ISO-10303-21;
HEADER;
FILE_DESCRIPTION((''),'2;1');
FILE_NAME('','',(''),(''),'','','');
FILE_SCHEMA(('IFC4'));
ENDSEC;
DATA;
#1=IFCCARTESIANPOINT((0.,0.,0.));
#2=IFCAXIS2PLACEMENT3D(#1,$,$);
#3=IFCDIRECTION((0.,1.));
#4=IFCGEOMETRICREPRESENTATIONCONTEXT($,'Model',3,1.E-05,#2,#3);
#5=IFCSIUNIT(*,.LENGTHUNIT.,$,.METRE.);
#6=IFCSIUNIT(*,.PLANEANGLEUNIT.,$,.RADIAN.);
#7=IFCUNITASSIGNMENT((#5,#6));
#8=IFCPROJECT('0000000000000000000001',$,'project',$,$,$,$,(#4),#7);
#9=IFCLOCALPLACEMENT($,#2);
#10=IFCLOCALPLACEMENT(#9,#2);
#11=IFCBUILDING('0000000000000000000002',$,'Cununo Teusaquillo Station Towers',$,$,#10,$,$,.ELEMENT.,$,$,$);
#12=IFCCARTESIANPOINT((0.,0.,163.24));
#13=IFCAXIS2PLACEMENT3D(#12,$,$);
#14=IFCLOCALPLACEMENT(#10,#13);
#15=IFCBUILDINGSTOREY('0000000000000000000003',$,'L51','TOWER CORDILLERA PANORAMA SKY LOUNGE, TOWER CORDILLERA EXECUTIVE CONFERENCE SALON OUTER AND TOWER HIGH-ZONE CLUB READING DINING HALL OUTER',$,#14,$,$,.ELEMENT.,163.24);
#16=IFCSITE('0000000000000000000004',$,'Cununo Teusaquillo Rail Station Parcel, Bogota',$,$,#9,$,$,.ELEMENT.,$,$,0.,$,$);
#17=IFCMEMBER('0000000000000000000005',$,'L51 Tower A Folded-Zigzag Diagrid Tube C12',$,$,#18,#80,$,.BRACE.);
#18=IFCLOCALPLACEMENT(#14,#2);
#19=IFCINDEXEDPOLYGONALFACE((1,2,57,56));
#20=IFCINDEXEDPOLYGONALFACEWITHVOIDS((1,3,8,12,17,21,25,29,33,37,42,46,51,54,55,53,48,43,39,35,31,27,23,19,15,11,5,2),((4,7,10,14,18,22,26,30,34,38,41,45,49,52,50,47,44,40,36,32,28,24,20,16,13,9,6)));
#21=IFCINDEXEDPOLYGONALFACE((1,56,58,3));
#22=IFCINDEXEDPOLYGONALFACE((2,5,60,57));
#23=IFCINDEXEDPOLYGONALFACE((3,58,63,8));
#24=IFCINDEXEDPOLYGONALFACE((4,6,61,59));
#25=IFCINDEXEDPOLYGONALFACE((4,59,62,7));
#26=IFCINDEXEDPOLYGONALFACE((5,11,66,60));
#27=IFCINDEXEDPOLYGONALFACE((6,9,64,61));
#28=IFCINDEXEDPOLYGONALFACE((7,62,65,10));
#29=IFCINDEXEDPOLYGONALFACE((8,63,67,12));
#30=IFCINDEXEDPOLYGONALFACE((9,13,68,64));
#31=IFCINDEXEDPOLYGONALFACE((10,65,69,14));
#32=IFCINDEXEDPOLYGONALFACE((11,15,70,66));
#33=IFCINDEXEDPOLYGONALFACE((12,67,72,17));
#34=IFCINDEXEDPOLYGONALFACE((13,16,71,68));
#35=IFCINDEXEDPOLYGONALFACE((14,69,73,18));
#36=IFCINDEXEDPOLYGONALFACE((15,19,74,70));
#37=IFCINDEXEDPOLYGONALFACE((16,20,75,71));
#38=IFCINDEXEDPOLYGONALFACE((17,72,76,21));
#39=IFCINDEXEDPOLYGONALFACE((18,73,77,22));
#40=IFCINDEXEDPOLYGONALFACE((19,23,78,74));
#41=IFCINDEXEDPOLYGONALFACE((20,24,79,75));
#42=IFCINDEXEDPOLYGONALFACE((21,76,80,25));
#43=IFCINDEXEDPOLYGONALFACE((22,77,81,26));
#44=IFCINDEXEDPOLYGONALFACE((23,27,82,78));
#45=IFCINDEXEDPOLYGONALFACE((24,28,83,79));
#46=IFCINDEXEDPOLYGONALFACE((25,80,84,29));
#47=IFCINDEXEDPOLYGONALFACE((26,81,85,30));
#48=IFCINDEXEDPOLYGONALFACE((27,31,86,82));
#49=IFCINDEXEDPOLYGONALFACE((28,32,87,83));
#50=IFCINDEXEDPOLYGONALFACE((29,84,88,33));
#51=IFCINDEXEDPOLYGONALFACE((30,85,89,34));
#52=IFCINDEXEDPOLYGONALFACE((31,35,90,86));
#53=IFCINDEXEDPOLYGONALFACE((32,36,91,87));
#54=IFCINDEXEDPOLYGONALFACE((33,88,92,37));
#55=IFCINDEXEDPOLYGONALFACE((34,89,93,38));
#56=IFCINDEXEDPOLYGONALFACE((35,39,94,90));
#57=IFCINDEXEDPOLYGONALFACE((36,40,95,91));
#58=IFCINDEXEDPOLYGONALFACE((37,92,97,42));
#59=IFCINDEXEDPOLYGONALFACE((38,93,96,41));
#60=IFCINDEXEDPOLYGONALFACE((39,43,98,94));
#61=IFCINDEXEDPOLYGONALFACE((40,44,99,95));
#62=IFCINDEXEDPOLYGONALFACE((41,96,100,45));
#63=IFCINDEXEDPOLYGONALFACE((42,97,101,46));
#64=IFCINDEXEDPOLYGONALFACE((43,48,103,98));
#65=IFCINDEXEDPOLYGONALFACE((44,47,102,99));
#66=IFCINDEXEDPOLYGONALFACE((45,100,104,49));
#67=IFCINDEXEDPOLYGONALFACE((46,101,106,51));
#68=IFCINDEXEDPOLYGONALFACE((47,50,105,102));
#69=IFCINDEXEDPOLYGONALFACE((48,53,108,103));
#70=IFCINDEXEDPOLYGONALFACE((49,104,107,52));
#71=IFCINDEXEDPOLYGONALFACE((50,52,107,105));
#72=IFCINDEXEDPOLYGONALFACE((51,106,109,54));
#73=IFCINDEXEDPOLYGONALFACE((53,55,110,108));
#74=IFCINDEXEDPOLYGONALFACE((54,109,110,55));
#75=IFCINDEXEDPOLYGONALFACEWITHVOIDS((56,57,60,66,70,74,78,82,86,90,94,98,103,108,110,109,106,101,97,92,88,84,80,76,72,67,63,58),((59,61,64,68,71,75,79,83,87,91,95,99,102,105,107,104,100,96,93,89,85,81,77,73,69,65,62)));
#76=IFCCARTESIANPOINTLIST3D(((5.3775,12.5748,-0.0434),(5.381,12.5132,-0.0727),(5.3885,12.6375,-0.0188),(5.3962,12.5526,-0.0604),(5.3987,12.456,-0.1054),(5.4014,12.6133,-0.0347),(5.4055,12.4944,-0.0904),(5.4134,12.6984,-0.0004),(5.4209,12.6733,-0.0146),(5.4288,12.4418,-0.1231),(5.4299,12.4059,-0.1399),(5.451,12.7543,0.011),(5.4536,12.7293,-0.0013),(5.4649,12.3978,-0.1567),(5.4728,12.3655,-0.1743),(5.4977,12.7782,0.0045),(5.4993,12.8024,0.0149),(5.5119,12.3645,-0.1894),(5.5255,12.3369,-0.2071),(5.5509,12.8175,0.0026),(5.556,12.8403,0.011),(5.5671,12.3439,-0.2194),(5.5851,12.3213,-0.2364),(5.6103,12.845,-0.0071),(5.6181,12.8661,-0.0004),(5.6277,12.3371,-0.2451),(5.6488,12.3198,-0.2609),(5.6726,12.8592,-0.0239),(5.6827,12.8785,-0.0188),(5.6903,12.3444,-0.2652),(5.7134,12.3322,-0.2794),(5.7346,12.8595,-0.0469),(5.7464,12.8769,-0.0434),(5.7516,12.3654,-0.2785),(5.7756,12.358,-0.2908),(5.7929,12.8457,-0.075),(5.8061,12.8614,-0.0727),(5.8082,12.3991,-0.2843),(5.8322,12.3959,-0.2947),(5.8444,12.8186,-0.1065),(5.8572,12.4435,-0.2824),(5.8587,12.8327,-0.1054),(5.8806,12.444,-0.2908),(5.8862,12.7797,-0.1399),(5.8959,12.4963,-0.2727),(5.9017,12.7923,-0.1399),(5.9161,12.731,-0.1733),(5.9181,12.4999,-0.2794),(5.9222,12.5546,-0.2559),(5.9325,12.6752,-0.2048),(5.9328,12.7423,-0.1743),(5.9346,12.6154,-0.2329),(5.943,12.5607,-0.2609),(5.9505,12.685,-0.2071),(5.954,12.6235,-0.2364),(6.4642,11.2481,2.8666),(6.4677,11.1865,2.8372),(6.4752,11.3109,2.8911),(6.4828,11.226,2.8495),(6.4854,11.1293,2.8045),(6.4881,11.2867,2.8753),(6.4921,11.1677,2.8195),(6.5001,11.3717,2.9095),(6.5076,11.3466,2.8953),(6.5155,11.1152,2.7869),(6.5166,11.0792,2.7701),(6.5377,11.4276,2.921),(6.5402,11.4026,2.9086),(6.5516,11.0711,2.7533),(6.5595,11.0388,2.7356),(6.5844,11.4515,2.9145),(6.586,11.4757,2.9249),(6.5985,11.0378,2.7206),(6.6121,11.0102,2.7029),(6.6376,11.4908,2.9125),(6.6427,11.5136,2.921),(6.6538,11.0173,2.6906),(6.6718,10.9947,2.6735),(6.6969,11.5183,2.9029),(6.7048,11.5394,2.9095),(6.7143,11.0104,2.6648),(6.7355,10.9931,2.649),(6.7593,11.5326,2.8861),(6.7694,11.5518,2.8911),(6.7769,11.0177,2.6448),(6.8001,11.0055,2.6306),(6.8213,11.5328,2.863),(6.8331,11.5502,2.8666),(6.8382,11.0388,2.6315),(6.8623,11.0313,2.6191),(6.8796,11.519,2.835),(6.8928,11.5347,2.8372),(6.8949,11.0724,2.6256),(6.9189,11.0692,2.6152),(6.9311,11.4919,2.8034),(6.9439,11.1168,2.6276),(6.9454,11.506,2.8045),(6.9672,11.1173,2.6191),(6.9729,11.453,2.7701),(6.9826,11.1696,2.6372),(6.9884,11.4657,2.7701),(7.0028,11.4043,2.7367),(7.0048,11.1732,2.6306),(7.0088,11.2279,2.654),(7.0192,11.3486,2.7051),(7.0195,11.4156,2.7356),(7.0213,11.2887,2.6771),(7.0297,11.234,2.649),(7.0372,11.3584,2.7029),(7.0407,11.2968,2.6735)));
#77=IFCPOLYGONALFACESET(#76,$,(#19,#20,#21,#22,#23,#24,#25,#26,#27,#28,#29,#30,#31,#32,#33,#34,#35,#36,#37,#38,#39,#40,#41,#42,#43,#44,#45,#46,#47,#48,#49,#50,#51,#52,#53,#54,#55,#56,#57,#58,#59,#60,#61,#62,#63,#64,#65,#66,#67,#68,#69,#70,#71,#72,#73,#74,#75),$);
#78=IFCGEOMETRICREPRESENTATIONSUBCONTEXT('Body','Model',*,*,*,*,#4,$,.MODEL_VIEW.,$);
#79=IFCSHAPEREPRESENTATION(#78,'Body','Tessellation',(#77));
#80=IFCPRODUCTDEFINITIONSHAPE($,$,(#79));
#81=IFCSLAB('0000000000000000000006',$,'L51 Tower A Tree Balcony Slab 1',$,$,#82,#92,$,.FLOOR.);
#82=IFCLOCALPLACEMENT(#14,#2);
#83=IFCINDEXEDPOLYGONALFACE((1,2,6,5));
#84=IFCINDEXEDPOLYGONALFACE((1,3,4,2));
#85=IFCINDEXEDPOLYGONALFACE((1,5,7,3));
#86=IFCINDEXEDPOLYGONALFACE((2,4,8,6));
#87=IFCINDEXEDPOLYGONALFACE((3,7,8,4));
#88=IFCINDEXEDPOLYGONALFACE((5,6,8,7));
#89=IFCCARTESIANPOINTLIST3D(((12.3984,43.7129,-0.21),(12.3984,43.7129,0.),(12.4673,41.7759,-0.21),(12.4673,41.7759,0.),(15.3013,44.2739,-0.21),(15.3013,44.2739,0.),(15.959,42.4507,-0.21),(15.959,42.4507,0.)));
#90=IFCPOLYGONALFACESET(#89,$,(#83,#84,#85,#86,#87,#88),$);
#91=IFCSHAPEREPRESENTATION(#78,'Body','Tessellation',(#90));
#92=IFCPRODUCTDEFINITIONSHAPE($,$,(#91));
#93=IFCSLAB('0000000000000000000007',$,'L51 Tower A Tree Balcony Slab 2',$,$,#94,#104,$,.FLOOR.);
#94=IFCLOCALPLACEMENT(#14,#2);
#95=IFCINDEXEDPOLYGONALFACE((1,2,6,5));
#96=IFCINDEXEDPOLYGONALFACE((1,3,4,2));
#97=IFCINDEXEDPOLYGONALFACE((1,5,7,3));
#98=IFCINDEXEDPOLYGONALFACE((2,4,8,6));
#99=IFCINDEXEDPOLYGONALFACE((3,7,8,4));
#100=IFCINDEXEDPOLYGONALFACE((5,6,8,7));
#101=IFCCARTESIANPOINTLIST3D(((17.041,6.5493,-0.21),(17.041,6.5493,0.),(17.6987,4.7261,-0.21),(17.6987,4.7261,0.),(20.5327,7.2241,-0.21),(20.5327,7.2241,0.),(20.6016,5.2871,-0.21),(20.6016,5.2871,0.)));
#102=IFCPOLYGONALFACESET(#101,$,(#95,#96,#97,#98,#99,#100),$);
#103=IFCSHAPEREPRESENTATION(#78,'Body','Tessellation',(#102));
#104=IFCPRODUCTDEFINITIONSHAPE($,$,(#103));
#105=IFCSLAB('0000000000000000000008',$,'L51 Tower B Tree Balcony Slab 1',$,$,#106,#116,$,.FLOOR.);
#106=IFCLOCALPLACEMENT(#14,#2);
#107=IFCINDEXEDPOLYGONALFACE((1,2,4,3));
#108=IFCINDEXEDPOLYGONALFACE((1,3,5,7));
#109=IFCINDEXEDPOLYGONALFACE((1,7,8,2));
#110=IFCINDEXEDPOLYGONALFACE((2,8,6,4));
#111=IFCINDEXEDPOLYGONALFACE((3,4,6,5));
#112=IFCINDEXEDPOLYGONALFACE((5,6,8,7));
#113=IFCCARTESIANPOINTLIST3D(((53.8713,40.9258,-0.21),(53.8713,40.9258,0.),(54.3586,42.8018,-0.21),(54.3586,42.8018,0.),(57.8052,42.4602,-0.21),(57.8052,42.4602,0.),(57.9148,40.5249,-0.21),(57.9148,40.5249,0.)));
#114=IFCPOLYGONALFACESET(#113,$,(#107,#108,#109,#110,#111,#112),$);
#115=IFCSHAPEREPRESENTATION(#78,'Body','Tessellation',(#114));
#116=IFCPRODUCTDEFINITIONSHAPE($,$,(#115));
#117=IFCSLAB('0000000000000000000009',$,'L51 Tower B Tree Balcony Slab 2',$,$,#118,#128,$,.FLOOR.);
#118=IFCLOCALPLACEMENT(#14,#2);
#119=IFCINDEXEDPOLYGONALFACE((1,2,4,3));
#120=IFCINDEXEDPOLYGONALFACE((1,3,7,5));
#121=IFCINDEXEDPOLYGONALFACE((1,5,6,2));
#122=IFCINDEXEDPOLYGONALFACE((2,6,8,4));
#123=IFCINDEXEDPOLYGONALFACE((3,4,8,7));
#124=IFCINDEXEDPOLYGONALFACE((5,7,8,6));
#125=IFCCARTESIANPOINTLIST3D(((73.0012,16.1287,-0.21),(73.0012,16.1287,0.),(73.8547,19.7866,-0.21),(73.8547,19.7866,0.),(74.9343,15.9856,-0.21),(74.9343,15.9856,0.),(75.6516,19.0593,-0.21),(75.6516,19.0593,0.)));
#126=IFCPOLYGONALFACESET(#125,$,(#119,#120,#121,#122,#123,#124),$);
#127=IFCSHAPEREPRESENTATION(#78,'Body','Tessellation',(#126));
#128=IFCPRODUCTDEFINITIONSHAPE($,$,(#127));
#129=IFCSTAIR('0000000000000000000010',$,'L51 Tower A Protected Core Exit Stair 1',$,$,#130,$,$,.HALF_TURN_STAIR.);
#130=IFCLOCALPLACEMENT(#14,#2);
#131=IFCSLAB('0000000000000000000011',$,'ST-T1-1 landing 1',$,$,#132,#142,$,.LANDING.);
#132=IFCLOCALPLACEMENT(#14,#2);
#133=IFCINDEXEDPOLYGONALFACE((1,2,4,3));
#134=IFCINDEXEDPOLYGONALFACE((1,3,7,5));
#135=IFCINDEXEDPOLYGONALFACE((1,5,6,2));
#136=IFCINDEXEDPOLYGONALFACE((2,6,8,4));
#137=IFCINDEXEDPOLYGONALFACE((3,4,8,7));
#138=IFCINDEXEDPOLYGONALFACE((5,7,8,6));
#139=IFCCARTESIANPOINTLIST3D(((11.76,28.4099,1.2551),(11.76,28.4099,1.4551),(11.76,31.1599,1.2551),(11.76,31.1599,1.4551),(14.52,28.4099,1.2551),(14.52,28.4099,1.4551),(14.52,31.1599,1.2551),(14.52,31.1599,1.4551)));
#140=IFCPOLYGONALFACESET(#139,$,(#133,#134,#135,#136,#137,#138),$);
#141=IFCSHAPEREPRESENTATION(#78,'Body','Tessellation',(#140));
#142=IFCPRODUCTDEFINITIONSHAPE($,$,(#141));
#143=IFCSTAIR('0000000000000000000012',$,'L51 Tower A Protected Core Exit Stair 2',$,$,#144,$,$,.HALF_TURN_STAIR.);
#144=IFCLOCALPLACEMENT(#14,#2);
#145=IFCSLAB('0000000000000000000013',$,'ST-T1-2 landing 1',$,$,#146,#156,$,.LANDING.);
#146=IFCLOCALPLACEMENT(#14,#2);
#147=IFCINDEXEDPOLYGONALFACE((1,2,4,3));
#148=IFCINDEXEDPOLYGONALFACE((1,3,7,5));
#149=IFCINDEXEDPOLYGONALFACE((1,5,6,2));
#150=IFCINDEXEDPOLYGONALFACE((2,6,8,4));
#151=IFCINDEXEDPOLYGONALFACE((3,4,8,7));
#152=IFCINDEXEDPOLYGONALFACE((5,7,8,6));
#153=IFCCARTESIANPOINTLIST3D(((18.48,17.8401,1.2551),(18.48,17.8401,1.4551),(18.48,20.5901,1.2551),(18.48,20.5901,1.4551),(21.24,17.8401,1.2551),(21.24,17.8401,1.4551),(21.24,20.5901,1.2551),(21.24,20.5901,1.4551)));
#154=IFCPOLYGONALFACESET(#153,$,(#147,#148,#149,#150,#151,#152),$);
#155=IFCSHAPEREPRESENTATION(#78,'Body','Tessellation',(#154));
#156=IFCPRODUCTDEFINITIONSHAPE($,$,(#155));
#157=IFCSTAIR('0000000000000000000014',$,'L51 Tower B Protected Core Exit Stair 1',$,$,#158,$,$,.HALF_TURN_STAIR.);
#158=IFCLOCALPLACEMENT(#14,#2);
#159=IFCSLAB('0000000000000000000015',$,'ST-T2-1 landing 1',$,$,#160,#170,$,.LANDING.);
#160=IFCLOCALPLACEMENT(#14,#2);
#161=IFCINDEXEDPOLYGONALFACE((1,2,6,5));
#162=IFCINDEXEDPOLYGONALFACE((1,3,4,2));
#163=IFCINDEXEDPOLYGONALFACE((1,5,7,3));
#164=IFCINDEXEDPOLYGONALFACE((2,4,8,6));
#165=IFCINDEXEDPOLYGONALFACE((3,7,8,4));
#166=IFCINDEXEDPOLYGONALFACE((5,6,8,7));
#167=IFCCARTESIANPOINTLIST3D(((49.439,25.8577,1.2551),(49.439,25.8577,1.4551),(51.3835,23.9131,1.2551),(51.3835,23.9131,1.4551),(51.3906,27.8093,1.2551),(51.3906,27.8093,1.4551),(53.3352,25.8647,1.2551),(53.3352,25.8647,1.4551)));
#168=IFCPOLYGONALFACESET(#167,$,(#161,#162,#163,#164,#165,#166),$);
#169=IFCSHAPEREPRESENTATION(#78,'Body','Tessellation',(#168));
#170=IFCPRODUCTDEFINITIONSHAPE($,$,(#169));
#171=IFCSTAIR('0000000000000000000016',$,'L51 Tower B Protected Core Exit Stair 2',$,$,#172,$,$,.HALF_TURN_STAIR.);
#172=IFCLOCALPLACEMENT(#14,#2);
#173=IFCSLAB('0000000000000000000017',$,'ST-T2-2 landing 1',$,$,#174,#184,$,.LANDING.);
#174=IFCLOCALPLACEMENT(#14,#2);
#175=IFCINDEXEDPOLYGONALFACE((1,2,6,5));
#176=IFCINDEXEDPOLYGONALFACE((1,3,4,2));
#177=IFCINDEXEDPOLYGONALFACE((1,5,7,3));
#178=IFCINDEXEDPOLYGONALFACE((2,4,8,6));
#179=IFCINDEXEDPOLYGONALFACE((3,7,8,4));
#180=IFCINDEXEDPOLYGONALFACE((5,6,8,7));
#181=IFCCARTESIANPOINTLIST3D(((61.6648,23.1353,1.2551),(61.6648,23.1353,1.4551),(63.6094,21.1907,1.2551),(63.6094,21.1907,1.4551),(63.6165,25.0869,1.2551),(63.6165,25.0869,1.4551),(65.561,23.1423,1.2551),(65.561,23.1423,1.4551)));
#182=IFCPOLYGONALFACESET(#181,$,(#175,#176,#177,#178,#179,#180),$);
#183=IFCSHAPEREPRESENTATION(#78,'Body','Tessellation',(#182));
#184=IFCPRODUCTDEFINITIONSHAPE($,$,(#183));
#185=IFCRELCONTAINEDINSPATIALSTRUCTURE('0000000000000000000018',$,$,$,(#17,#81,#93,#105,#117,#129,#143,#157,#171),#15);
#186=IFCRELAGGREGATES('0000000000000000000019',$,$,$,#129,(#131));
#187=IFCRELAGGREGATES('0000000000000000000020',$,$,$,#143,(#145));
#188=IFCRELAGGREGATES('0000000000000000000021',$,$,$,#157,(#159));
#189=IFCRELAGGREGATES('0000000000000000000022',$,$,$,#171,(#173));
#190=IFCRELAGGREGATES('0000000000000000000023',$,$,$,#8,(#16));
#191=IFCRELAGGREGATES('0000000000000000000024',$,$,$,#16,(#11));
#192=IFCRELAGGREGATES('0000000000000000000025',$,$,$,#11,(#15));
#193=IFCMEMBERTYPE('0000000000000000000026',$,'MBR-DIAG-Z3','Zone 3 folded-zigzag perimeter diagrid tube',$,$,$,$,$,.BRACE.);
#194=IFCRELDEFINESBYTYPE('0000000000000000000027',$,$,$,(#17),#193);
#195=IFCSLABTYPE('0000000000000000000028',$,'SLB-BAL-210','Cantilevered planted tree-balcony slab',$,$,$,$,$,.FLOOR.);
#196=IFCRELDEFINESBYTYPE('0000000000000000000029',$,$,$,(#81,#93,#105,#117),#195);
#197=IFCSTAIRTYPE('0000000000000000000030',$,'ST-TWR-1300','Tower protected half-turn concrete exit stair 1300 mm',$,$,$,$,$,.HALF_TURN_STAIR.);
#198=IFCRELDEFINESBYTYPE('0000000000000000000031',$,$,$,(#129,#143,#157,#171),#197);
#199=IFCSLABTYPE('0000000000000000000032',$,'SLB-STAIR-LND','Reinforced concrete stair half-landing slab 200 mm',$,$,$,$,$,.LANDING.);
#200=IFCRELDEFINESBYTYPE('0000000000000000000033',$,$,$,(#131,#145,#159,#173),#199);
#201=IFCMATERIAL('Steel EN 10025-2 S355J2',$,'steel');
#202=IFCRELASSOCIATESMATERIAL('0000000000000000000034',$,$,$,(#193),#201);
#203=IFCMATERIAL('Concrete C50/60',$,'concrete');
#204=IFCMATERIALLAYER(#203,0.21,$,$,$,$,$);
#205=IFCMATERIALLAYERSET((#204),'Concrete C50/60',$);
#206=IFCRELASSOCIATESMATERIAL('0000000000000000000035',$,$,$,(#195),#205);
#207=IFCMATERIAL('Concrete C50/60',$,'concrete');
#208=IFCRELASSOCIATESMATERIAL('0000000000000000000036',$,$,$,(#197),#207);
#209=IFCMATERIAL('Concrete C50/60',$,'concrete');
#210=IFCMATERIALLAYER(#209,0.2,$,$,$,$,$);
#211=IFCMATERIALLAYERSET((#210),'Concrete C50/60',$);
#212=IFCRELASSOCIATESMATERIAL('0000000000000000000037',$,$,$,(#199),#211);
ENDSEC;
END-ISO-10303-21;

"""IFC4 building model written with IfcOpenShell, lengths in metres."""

from ifc_helpers import new_model, si_unit, direction, frame, origin, origin_2d, place, context, subcontext, project, spatial, polyline, hollow_circle, outline, extrude, material, layer, layer_set, material_profile, profile_set, type_object, element, aggregate, save


model = new_model("IFC4")

# Units and contexts
model_context = context("Model", 3, precision=1e-05, world=origin(), true_north=direction((0.0, 1.0)))
body_context = subcontext(model_context, "Body", "Model", "MODEL_VIEW")
ifc_project = project(units=[si_unit("LENGTHUNIT", "METRE"), si_unit("PLANEANGLEUNIT", "RADIAN")], contexts=[model_context])

# Site, building, storey
site_placement = place(None, origin())
site = spatial("IfcSite", under=ifc_project, at=site_placement, Name="Cununo Teusaquillo Rail Station Parcel, Bogota", CompositionType="ELEMENT", RefElevation=0.0)
building_placement = place(site_placement, origin())
building = spatial("IfcBuilding", under=site, at=building_placement, Name="Cununo Teusaquillo Station Towers", CompositionType="ELEMENT")
storey_placement = place(building_placement, frame((0.0, 0.0, 163.24)))
storey = spatial("IfcBuildingStorey", under=building, at=storey_placement, Name="L51", Description="TOWER CORDILLERA PANORAMA SKY LOUNGE, TOWER CORDILLERA EXECUTIVE CONFERENCE SALON OUTER AND TOWER HIGH-ZONE CLUB READING DINING HALL OUTER", CompositionType="ELEMENT", Elevation=163.24)

# Member
ifc_material_1 = material(Name="Steel EN 10025-2 S355J2", Category="steel")
ifc_material_profile_1 = material_profile(ifc_material_1, hollow_circle(Radius=0.3049, WallThickness=0.02, at=origin_2d()), Name="CHS 610x20")
ifc_profile_set_1 = profile_set([ifc_material_profile_1], Name="Steel EN 10025-2 S355J2")
member_type = type_object("IfcMemberType", Name="MBR-DIAG-Z3", Description="Zone 3 folded-zigzag perimeter diagrid tube", PredefinedType="BRACE", material=ifc_profile_set_1)
member_placement = place(storey_placement, frame((5.6658, 12.5991, -0.1399), z_axis=(0.321724, -0.392777, 0.861522), x_axis=(0.773608, 0.633664, 0.0)))
element("IfcMember", 1, at=member_placement, inside=storey, type_object=member_type, Name="L51 Tower A Folded-Zigzag Diagrid Tube C12", PredefinedType="BRACE", context=body_context, shape_type="SweptSolid", body=[
    extrude(hollow_circle(Radius=0.3049, WallThickness=0.02, at=origin_2d()), origin(), (0.0, 0.0, 1.0), 3.3777),
])

# Slabs
ifc_material_2 = material(Name="Concrete C50/60", Category="concrete")
ifc_layer_1 = layer(ifc_material_2, 0.21)
ifc_layer_set_1 = layer_set([ifc_layer_1], Name="Concrete C50/60")
slab_type_1 = type_object("IfcSlabType", Name="SLB-BAL-210", Description="Cantilevered planted tree-balcony slab", PredefinedType="FLOOR", material=ifc_layer_set_1)
slab_1_placement = place(storey_placement, frame((0.0, 0.0, -0.21)))
element("IfcSlab", 2, at=slab_1_placement, inside=storey, type_object=slab_type_1, Name="L51 Tower A Tree Balcony Slab 1", PredefinedType="FLOOR", context=body_context, shape_type="SweptSolid", body=[
    extrude(outline(polyline([(15.959, 42.4507), (12.4673, 41.7759), (12.3984, 43.7129), (15.3013, 44.2739), (15.959, 42.4507)])), origin(), (0.0, 0.0, 1.0), 0.21),
])
slab_2_placement = place(storey_placement, frame((0.0, 0.0, -0.21)))
element("IfcSlab", 3, at=slab_2_placement, inside=storey, type_object=slab_type_1, Name="L51 Tower A Tree Balcony Slab 2", PredefinedType="FLOOR", context=body_context, shape_type="SweptSolid", body=[
    extrude(outline(polyline([(17.041, 6.5493), (20.5327, 7.2241), (20.6016, 5.2871), (17.6987, 4.7261), (17.041, 6.5493)])), origin(), (0.0, 0.0, 1.0), 0.21),
])
slab_3_placement = place(storey_placement, frame((0.0, 0.0, -0.21)))
element("IfcSlab", 4, at=slab_3_placement, inside=storey, type_object=slab_type_1, Name="L51 Tower B Tree Balcony Slab 1", PredefinedType="FLOOR", context=body_context, shape_type="SweptSolid", body=[
    extrude(outline(polyline([(57.9148, 40.5249), (53.8713, 40.9258), (54.3586, 42.8018), (57.8052, 42.4602), (57.9148, 40.5249)])), origin(), (0.0, 0.0, 1.0), 0.21),
])
slab_4_placement = place(storey_placement, frame((0.0, 0.0, -0.21)))
element("IfcSlab", 5, at=slab_4_placement, inside=storey, type_object=slab_type_1, Name="L51 Tower B Tree Balcony Slab 2", PredefinedType="FLOOR", context=body_context, shape_type="SweptSolid", body=[
    extrude(outline(polyline([(73.0012, 16.1287), (73.8547, 19.7866), (75.6516, 19.0593), (74.9343, 15.9856), (73.0012, 16.1287)])), origin(), (0.0, 0.0, 1.0), 0.21),
])

# Stairs, slabs
ifc_material_3 = material(Name="Concrete C50/60", Category="concrete")
stair_type = type_object("IfcStairType", Name="ST-TWR-1300", Description="Tower protected half-turn concrete exit stair 1300 mm", PredefinedType="HALF_TURN_STAIR", material=ifc_material_3)
stair_1_placement = place(storey_placement, origin())
stair_1 = element("IfcStair", 6, at=stair_1_placement, inside=storey, type_object=stair_type, Name="L51 Tower A Protected Core Exit Stair 1", PredefinedType="HALF_TURN_STAIR")
ifc_material_4 = material(Name="Concrete C50/60", Category="concrete")
ifc_layer_2 = layer(ifc_material_4, 0.2)
ifc_layer_set_2 = layer_set([ifc_layer_2], Name="Concrete C50/60")
slab_type_2 = type_object("IfcSlabType", Name="SLB-STAIR-LND", Description="Reinforced concrete stair half-landing slab 200 mm", PredefinedType="LANDING", material=ifc_layer_set_2)
slab_5_placement = place(storey_placement, frame((0.0, 0.0, 1.2551)))
slab_5 = element("IfcSlab", 7, at=slab_5_placement, type_object=slab_type_2, Name="ST-T1-1 landing 1", PredefinedType="LANDING", context=body_context, shape_type="SweptSolid", body=[
    extrude(outline(polyline([(14.52, 28.4099), (14.52, 31.1599), (11.76, 31.1599), (11.76, 28.4099), (14.52, 28.4099)])), origin(), (0.0, 0.0, 1.0), 0.2),
])
aggregate(stair_1, [slab_5])
stair_2_placement = place(storey_placement, origin())
stair_2 = element("IfcStair", 8, at=stair_2_placement, inside=storey, type_object=stair_type, Name="L51 Tower A Protected Core Exit Stair 2", PredefinedType="HALF_TURN_STAIR")
slab_6_placement = place(storey_placement, frame((0.0, 0.0, 1.2551)))
slab_6 = element("IfcSlab", 9, at=slab_6_placement, type_object=slab_type_2, Name="ST-T1-2 landing 1", PredefinedType="LANDING", context=body_context, shape_type="SweptSolid", body=[
    extrude(outline(polyline([(18.48, 20.5901), (18.48, 17.8401), (21.24, 17.8401), (21.24, 20.5901), (18.48, 20.5901)])), origin(), (0.0, 0.0, 1.0), 0.2),
])
aggregate(stair_2, [slab_6])
stair_3_placement = place(storey_placement, origin())
stair_3 = element("IfcStair", 10, at=stair_3_placement, inside=storey, type_object=stair_type, Name="L51 Tower B Protected Core Exit Stair 1", PredefinedType="HALF_TURN_STAIR")
slab_7_placement = place(storey_placement, frame((0.0, 0.0, 1.2551)))
slab_7 = element("IfcSlab", 11, at=slab_7_placement, type_object=slab_type_2, Name="ST-T2-1 landing 1", PredefinedType="LANDING", context=body_context, shape_type="SweptSolid", body=[
    extrude(outline(polyline([(53.3352, 25.8647), (51.3906, 27.8093), (49.439, 25.8577), (51.3835, 23.9131), (53.3352, 25.8647)])), origin(), (0.0, 0.0, 1.0), 0.2),
])
aggregate(stair_3, [slab_7])
stair_4_placement = place(storey_placement, origin())
stair_4 = element("IfcStair", 12, at=stair_4_placement, inside=storey, type_object=stair_type, Name="L51 Tower B Protected Core Exit Stair 2", PredefinedType="HALF_TURN_STAIR")
slab_8_placement = place(storey_placement, frame((0.0, 0.0, 1.2551)))
slab_8 = element("IfcSlab", 13, at=slab_8_placement, type_object=slab_type_2, Name="ST-T2-2 landing 1", PredefinedType="LANDING", context=body_context, shape_type="SweptSolid", body=[
    extrude(outline(polyline([(61.6648, 23.1353), (63.6094, 21.1907), (65.561, 23.1423), (63.6165, 25.0869), (61.6648, 23.1353)])), origin(), (0.0, 0.0, 1.0), 0.2),
])
aggregate(stair_4, [slab_8])

save(model, "model.ifc")
